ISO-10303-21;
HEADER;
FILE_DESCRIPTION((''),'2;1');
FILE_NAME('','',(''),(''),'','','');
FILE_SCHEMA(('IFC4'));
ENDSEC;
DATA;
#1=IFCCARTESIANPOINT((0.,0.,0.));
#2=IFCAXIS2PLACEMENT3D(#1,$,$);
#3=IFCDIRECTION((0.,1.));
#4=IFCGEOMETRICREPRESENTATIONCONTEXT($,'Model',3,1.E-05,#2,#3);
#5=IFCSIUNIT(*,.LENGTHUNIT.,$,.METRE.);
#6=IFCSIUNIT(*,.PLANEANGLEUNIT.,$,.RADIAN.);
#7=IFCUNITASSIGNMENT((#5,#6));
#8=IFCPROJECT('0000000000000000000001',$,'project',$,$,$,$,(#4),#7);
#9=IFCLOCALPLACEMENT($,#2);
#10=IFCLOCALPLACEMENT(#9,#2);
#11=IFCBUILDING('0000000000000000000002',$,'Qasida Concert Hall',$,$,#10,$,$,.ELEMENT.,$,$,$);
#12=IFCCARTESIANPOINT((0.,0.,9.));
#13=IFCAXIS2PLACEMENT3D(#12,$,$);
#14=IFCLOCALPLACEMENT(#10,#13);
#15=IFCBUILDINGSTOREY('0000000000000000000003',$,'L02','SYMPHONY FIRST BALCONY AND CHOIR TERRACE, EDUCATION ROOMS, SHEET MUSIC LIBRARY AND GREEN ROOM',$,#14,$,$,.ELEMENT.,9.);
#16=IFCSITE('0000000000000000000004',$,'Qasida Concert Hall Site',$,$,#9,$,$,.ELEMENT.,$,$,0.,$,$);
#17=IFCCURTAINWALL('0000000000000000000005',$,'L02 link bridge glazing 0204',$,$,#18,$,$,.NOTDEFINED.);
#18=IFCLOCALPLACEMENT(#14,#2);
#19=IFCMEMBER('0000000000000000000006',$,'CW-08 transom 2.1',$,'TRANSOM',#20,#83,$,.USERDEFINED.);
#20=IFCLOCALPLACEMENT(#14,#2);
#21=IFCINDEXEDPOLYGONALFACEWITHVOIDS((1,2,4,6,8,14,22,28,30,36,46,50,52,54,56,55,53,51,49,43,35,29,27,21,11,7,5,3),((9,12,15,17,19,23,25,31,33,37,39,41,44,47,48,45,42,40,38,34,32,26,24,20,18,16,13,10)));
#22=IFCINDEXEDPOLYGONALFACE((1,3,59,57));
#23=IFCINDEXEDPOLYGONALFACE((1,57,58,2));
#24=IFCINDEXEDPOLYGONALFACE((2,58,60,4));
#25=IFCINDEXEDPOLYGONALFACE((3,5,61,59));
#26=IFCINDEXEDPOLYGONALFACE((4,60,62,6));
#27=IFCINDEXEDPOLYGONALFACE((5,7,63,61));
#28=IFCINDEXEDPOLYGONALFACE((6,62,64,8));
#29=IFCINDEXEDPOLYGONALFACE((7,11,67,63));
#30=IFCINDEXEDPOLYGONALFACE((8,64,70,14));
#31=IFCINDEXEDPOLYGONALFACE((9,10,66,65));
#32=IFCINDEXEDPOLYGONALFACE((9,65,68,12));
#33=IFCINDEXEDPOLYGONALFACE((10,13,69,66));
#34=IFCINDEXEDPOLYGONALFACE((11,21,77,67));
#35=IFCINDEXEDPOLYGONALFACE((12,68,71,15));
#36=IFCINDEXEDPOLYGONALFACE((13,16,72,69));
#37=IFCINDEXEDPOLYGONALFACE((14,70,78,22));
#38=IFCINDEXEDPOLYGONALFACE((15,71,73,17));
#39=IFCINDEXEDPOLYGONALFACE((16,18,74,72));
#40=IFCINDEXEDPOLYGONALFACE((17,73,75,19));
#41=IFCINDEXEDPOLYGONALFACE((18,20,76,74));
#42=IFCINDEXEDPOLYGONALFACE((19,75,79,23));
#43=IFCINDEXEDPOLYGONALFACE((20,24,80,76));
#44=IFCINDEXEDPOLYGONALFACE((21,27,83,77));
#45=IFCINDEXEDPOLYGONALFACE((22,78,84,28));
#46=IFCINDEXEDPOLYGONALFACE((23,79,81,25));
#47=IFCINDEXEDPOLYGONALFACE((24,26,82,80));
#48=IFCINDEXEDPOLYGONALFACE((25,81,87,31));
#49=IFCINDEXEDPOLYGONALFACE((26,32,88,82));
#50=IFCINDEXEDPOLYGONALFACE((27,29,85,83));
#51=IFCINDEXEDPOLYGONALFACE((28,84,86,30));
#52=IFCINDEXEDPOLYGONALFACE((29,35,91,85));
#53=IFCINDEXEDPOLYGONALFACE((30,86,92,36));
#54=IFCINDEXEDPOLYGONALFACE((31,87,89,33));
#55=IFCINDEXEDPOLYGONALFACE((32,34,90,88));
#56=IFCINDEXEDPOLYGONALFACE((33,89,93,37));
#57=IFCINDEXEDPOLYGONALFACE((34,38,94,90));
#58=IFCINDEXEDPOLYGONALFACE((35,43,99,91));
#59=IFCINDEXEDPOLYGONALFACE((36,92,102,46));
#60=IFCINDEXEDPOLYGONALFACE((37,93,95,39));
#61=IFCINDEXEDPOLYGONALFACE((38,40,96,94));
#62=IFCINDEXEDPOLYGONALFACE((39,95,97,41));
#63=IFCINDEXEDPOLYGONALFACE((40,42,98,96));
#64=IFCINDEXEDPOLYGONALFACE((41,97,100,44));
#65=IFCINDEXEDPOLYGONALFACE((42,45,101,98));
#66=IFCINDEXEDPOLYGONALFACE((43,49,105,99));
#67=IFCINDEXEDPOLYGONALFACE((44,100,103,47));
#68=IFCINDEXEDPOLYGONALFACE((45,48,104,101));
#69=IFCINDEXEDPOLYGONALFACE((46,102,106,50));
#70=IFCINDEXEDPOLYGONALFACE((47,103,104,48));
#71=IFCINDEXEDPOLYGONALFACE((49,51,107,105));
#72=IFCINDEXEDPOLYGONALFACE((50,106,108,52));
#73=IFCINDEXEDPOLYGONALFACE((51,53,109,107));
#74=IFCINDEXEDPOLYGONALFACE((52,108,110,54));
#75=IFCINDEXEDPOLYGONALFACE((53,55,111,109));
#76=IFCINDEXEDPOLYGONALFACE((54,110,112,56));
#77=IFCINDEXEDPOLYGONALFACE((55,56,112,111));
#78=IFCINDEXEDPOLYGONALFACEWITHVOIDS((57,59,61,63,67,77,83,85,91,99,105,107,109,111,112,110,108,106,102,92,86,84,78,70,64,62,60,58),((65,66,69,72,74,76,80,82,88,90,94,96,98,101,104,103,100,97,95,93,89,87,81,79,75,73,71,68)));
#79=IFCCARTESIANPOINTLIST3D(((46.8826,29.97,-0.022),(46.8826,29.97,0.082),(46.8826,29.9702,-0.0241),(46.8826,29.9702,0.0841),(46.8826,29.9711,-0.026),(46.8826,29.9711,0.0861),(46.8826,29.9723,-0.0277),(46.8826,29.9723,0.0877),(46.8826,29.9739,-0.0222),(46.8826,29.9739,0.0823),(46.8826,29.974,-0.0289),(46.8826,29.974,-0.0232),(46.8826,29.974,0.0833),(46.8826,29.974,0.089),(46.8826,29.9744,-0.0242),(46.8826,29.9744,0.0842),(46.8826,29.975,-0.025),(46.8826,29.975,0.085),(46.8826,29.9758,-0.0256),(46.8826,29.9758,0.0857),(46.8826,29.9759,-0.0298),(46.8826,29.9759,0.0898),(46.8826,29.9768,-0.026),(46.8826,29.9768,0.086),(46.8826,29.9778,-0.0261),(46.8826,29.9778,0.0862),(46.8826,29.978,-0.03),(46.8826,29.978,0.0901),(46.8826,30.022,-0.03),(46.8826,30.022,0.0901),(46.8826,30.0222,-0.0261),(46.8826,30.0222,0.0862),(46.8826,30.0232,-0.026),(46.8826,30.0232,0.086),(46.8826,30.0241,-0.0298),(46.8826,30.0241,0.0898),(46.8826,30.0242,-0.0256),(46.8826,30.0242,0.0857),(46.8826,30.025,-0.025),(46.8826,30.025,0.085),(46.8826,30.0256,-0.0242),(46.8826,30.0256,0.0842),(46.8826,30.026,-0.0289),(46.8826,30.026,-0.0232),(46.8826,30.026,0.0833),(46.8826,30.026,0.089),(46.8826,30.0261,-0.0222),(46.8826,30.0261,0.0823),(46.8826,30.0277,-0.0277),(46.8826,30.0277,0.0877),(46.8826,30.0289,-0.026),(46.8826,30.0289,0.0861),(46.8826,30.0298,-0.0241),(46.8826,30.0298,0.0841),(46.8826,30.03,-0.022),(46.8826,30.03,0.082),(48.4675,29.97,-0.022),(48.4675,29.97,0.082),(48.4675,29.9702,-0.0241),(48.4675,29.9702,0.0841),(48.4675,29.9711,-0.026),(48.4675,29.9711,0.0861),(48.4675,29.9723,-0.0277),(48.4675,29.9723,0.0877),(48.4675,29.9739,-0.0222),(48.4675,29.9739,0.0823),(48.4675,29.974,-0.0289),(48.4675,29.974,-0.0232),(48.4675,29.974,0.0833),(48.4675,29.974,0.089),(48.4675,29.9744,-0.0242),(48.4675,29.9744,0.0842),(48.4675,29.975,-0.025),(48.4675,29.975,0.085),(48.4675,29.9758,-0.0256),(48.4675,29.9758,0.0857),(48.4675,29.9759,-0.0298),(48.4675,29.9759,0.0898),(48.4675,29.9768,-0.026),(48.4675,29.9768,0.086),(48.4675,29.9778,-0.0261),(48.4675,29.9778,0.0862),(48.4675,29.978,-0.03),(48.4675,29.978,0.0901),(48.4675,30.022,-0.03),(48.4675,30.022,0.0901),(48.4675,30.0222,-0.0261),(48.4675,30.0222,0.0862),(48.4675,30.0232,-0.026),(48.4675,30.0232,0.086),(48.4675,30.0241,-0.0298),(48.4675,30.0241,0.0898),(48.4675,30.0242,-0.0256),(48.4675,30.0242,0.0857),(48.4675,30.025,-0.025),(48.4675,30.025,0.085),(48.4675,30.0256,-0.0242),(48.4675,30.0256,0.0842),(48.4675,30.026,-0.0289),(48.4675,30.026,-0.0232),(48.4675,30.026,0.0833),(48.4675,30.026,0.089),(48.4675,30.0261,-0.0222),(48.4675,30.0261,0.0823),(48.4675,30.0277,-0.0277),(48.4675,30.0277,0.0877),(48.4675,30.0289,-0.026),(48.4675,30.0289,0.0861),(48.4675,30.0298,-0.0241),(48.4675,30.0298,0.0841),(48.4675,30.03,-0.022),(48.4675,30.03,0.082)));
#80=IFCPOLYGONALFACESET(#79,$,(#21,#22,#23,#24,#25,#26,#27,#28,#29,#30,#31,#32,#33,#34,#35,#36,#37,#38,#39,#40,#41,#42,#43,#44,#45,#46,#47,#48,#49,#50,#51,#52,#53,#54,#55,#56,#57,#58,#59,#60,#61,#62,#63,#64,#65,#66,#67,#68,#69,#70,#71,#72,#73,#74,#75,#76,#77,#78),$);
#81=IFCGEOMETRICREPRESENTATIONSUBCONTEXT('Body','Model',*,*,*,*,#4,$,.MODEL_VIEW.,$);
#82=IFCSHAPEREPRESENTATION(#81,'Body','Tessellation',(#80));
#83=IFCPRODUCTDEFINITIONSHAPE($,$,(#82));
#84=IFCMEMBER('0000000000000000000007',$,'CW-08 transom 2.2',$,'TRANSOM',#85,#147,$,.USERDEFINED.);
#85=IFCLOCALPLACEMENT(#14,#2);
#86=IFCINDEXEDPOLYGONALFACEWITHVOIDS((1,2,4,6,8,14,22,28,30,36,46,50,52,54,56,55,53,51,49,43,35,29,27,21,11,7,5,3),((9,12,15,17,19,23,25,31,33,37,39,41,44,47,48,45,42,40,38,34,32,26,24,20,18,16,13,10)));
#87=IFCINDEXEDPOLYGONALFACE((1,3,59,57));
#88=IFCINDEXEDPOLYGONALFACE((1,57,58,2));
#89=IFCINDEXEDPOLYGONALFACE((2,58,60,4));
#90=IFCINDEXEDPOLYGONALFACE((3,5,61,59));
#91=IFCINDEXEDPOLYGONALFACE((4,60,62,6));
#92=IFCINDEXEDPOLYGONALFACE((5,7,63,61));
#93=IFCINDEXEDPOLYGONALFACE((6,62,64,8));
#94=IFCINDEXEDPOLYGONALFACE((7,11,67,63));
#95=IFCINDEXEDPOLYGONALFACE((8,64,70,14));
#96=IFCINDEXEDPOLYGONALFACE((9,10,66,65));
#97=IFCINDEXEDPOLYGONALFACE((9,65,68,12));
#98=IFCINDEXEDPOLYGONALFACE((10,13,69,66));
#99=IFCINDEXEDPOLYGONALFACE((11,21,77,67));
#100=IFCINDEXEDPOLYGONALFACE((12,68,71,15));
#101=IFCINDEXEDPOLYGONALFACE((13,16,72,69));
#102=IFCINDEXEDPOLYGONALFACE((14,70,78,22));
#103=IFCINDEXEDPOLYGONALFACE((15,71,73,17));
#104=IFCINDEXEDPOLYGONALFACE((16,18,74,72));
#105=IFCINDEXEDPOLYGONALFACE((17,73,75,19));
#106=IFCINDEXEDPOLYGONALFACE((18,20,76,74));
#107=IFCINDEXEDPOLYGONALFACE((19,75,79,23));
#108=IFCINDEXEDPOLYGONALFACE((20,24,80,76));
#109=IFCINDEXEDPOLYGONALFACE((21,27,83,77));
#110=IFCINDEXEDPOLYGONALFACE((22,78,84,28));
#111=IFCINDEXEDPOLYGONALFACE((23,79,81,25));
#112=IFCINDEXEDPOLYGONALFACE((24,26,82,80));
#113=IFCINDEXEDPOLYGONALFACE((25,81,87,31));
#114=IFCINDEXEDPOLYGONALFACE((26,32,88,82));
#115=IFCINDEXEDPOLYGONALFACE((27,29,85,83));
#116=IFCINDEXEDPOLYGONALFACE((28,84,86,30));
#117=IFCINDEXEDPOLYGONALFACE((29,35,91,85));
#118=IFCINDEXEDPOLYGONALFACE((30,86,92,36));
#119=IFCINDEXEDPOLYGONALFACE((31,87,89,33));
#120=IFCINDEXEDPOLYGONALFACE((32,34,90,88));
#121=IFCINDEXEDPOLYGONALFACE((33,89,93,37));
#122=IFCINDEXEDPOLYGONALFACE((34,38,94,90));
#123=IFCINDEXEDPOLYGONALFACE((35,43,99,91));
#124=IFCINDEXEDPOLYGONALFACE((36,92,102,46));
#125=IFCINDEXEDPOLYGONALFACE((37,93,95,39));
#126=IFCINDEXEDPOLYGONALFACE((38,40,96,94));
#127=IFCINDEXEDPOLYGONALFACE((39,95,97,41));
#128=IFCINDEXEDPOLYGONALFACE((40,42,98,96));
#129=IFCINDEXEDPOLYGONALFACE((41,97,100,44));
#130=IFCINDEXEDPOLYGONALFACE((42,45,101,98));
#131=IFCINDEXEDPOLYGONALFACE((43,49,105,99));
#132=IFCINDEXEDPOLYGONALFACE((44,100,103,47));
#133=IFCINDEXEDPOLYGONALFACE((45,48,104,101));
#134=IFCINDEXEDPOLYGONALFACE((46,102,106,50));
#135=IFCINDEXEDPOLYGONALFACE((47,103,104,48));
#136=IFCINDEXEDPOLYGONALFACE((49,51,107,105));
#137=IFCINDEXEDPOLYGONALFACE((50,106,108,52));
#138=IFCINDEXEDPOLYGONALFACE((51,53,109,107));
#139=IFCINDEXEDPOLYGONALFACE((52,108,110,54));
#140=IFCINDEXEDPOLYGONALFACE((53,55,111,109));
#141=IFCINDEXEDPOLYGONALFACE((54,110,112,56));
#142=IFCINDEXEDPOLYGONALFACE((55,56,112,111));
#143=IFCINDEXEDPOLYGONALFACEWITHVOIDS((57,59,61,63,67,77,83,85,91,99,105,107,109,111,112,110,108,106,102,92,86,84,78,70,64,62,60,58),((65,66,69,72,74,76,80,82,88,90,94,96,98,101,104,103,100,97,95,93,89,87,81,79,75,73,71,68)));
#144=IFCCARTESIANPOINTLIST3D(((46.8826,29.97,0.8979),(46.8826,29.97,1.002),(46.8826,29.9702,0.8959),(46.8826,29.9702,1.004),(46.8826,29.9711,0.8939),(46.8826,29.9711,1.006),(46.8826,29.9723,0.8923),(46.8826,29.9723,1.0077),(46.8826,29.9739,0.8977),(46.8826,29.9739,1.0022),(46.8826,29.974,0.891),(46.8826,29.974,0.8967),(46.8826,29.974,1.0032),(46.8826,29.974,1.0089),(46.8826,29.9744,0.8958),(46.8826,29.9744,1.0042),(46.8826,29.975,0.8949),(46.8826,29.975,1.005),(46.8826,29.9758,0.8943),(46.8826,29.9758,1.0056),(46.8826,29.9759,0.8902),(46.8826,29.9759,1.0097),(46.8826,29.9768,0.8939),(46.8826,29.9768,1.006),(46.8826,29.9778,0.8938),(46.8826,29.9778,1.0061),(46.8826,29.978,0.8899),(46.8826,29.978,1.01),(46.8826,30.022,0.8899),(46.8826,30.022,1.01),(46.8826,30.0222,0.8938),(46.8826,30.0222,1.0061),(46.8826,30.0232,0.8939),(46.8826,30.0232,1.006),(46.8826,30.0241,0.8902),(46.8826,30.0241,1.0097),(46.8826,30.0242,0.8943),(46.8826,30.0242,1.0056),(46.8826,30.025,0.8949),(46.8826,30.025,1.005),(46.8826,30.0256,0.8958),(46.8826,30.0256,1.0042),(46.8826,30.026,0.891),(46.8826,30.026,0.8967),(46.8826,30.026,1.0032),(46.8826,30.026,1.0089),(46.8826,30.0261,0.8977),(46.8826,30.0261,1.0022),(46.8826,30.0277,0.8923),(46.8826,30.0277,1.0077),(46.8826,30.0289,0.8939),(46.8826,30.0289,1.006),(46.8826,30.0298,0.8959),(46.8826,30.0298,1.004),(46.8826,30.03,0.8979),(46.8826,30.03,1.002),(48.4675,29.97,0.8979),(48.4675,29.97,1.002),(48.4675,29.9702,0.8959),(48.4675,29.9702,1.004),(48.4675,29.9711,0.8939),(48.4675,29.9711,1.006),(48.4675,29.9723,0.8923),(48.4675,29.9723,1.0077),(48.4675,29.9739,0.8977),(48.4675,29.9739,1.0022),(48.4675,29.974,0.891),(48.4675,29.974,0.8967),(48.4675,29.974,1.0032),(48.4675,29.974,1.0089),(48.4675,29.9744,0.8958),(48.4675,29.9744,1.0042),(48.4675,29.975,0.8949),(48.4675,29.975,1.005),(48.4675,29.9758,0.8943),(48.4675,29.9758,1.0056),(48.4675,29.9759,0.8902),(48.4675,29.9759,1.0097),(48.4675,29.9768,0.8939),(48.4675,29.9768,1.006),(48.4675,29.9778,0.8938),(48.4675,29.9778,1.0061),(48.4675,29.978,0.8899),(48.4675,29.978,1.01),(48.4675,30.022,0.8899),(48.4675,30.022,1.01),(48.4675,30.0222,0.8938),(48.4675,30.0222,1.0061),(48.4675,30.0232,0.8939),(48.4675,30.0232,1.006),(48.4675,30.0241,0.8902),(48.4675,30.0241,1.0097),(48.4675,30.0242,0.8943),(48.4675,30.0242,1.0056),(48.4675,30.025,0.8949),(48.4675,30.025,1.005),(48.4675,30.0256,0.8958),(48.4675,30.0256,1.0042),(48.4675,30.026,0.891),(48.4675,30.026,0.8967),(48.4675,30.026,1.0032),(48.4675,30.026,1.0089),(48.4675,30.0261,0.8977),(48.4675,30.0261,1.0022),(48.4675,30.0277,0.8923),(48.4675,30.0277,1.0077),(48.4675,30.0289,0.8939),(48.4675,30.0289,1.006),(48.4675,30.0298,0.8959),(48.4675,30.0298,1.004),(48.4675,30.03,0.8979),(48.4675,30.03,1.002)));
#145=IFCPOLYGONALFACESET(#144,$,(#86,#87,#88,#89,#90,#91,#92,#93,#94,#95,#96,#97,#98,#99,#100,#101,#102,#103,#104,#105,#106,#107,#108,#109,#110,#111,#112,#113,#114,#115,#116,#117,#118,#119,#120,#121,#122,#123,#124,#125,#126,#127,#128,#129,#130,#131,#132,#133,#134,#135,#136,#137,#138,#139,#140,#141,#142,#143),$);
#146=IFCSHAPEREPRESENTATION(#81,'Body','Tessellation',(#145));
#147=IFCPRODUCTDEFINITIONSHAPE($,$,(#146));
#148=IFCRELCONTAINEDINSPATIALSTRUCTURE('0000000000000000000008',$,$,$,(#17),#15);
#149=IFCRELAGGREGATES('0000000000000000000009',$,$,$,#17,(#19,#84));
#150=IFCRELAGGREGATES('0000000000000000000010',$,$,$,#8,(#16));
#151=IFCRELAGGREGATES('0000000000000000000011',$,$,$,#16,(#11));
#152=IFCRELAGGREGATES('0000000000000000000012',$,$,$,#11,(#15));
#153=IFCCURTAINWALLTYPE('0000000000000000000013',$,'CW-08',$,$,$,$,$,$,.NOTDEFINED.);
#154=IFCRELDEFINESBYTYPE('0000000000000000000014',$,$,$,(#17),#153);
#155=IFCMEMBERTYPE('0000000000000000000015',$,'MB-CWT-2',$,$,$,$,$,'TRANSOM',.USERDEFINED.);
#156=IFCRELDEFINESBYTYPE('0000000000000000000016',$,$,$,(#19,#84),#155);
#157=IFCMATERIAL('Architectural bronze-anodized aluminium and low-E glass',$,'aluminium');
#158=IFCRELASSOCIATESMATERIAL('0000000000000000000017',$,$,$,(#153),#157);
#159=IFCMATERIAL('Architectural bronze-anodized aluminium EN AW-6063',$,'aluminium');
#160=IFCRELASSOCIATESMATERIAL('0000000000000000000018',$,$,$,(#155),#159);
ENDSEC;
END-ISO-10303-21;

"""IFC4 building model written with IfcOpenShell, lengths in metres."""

from ifc_helpers import new_model, si_unit, direction, frame, origin, origin_2d, place, context, subcontext, project, spatial, hollow_rectangle, extrude, material, material_profile, profile_set, type_object, element, aggregate, save


model = new_model("IFC4")

# Units and contexts
model_context = context("Model", 3, precision=1e-05, world=origin(), true_north=direction((0.0, 1.0)))
body_context = subcontext(model_context, "Body", "Model", "MODEL_VIEW")
ifc_project = project(units=[si_unit("LENGTHUNIT", "METRE"), si_unit("PLANEANGLEUNIT", "RADIAN")], contexts=[model_context])

# Site, building, storey
site_placement = place(None, origin())
site = spatial("IfcSite", under=ifc_project, at=site_placement, Name="Qasida Concert Hall Site", CompositionType="ELEMENT", RefElevation=0.0)
building_placement = place(site_placement, origin())
building = spatial("IfcBuilding", under=site, at=building_placement, Name="Qasida Concert Hall", CompositionType="ELEMENT")
storey_placement = place(building_placement, frame((0.0, 0.0, 9.0)))
storey = spatial("IfcBuildingStorey", under=building, at=storey_placement, Name="L02", Description="SYMPHONY FIRST BALCONY AND CHOIR TERRACE, EDUCATION ROOMS, SHEET MUSIC LIBRARY AND GREEN ROOM", CompositionType="ELEMENT", Elevation=9.0)

# Shared definitions
ifc_material_1 = material(Name="Architectural bronze-anodized aluminium and low-E glass", Category="aluminium")
curtain_wall_type = type_object("IfcCurtainWallType", Name="CW-08", PredefinedType="NOTDEFINED", material=ifc_material_1)
ifc_material_2 = material(Name="Architectural bronze-anodized aluminium EN AW-6063", Category="aluminium")

# Curtain wall
curtain_wall_1_placement = place(storey_placement, origin())
curtain_wall_1 = element("IfcCurtainWall", 1, at=curtain_wall_1_placement, inside=storey, type_object=curtain_wall_type, Name="L02 link bridge glazing 0204", PredefinedType="NOTDEFINED")

# Members
ifc_material_profile_1 = material_profile(ifc_material_2, hollow_rectangle(XDim=0.0601, YDim=0.1201, WallThickness=0.0039, InnerFilletRadius=0.0039, OuterFilletRadius=0.0081, at=origin_2d()), Name="CWT 120x60x4")
ifc_profile_set_1 = profile_set([ifc_material_profile_1], Name="Architectural bronze-anodized aluminium EN AW-6063")
member_type_1 = type_object("IfcMemberType", Name="MB-CWT-2", ElementType="TRANSOM", PredefinedType="USERDEFINED", material=ifc_profile_set_1)
member_1_placement = place(storey_placement, frame((46.8826, 30.0, 0.03), z_axis=(1.0, 0.0, 0.0), x_axis=(0.0, 1.0, 0.0)))
member_1 = element("IfcMember", 2, at=member_1_placement, type_object=member_type_1, Name="CW-08 transom 2.1", ObjectType="TRANSOM", PredefinedType="USERDEFINED", context=body_context, shape_type="SweptSolid", body=[
    extrude(hollow_rectangle(XDim=0.0601, YDim=0.1201, WallThickness=0.0039, InnerFilletRadius=0.0039, OuterFilletRadius=0.0081, at=origin_2d()), origin(), (0.0, 0.0, 1.0), 1.585),
])
member_2_placement = place(storey_placement, frame((46.8826, 30.0, 0.95), z_axis=(1.0, 0.0, 0.0), x_axis=(0.0, 1.0, 0.0)))
member_2 = element("IfcMember", 3, at=member_2_placement, type_object=member_type_1, Name="CW-08 transom 2.2", ObjectType="TRANSOM", PredefinedType="USERDEFINED", context=body_context, shape_type="SweptSolid", body=[
    extrude(hollow_rectangle(XDim=0.0601, YDim=0.1201, WallThickness=0.0039, InnerFilletRadius=0.0039, OuterFilletRadius=0.0081, at=origin_2d()), origin(), (0.0, 0.0, 1.0), 1.585),
])

aggregate(curtain_wall_1, [member_1, member_2])

save(model, "model.ifc")
